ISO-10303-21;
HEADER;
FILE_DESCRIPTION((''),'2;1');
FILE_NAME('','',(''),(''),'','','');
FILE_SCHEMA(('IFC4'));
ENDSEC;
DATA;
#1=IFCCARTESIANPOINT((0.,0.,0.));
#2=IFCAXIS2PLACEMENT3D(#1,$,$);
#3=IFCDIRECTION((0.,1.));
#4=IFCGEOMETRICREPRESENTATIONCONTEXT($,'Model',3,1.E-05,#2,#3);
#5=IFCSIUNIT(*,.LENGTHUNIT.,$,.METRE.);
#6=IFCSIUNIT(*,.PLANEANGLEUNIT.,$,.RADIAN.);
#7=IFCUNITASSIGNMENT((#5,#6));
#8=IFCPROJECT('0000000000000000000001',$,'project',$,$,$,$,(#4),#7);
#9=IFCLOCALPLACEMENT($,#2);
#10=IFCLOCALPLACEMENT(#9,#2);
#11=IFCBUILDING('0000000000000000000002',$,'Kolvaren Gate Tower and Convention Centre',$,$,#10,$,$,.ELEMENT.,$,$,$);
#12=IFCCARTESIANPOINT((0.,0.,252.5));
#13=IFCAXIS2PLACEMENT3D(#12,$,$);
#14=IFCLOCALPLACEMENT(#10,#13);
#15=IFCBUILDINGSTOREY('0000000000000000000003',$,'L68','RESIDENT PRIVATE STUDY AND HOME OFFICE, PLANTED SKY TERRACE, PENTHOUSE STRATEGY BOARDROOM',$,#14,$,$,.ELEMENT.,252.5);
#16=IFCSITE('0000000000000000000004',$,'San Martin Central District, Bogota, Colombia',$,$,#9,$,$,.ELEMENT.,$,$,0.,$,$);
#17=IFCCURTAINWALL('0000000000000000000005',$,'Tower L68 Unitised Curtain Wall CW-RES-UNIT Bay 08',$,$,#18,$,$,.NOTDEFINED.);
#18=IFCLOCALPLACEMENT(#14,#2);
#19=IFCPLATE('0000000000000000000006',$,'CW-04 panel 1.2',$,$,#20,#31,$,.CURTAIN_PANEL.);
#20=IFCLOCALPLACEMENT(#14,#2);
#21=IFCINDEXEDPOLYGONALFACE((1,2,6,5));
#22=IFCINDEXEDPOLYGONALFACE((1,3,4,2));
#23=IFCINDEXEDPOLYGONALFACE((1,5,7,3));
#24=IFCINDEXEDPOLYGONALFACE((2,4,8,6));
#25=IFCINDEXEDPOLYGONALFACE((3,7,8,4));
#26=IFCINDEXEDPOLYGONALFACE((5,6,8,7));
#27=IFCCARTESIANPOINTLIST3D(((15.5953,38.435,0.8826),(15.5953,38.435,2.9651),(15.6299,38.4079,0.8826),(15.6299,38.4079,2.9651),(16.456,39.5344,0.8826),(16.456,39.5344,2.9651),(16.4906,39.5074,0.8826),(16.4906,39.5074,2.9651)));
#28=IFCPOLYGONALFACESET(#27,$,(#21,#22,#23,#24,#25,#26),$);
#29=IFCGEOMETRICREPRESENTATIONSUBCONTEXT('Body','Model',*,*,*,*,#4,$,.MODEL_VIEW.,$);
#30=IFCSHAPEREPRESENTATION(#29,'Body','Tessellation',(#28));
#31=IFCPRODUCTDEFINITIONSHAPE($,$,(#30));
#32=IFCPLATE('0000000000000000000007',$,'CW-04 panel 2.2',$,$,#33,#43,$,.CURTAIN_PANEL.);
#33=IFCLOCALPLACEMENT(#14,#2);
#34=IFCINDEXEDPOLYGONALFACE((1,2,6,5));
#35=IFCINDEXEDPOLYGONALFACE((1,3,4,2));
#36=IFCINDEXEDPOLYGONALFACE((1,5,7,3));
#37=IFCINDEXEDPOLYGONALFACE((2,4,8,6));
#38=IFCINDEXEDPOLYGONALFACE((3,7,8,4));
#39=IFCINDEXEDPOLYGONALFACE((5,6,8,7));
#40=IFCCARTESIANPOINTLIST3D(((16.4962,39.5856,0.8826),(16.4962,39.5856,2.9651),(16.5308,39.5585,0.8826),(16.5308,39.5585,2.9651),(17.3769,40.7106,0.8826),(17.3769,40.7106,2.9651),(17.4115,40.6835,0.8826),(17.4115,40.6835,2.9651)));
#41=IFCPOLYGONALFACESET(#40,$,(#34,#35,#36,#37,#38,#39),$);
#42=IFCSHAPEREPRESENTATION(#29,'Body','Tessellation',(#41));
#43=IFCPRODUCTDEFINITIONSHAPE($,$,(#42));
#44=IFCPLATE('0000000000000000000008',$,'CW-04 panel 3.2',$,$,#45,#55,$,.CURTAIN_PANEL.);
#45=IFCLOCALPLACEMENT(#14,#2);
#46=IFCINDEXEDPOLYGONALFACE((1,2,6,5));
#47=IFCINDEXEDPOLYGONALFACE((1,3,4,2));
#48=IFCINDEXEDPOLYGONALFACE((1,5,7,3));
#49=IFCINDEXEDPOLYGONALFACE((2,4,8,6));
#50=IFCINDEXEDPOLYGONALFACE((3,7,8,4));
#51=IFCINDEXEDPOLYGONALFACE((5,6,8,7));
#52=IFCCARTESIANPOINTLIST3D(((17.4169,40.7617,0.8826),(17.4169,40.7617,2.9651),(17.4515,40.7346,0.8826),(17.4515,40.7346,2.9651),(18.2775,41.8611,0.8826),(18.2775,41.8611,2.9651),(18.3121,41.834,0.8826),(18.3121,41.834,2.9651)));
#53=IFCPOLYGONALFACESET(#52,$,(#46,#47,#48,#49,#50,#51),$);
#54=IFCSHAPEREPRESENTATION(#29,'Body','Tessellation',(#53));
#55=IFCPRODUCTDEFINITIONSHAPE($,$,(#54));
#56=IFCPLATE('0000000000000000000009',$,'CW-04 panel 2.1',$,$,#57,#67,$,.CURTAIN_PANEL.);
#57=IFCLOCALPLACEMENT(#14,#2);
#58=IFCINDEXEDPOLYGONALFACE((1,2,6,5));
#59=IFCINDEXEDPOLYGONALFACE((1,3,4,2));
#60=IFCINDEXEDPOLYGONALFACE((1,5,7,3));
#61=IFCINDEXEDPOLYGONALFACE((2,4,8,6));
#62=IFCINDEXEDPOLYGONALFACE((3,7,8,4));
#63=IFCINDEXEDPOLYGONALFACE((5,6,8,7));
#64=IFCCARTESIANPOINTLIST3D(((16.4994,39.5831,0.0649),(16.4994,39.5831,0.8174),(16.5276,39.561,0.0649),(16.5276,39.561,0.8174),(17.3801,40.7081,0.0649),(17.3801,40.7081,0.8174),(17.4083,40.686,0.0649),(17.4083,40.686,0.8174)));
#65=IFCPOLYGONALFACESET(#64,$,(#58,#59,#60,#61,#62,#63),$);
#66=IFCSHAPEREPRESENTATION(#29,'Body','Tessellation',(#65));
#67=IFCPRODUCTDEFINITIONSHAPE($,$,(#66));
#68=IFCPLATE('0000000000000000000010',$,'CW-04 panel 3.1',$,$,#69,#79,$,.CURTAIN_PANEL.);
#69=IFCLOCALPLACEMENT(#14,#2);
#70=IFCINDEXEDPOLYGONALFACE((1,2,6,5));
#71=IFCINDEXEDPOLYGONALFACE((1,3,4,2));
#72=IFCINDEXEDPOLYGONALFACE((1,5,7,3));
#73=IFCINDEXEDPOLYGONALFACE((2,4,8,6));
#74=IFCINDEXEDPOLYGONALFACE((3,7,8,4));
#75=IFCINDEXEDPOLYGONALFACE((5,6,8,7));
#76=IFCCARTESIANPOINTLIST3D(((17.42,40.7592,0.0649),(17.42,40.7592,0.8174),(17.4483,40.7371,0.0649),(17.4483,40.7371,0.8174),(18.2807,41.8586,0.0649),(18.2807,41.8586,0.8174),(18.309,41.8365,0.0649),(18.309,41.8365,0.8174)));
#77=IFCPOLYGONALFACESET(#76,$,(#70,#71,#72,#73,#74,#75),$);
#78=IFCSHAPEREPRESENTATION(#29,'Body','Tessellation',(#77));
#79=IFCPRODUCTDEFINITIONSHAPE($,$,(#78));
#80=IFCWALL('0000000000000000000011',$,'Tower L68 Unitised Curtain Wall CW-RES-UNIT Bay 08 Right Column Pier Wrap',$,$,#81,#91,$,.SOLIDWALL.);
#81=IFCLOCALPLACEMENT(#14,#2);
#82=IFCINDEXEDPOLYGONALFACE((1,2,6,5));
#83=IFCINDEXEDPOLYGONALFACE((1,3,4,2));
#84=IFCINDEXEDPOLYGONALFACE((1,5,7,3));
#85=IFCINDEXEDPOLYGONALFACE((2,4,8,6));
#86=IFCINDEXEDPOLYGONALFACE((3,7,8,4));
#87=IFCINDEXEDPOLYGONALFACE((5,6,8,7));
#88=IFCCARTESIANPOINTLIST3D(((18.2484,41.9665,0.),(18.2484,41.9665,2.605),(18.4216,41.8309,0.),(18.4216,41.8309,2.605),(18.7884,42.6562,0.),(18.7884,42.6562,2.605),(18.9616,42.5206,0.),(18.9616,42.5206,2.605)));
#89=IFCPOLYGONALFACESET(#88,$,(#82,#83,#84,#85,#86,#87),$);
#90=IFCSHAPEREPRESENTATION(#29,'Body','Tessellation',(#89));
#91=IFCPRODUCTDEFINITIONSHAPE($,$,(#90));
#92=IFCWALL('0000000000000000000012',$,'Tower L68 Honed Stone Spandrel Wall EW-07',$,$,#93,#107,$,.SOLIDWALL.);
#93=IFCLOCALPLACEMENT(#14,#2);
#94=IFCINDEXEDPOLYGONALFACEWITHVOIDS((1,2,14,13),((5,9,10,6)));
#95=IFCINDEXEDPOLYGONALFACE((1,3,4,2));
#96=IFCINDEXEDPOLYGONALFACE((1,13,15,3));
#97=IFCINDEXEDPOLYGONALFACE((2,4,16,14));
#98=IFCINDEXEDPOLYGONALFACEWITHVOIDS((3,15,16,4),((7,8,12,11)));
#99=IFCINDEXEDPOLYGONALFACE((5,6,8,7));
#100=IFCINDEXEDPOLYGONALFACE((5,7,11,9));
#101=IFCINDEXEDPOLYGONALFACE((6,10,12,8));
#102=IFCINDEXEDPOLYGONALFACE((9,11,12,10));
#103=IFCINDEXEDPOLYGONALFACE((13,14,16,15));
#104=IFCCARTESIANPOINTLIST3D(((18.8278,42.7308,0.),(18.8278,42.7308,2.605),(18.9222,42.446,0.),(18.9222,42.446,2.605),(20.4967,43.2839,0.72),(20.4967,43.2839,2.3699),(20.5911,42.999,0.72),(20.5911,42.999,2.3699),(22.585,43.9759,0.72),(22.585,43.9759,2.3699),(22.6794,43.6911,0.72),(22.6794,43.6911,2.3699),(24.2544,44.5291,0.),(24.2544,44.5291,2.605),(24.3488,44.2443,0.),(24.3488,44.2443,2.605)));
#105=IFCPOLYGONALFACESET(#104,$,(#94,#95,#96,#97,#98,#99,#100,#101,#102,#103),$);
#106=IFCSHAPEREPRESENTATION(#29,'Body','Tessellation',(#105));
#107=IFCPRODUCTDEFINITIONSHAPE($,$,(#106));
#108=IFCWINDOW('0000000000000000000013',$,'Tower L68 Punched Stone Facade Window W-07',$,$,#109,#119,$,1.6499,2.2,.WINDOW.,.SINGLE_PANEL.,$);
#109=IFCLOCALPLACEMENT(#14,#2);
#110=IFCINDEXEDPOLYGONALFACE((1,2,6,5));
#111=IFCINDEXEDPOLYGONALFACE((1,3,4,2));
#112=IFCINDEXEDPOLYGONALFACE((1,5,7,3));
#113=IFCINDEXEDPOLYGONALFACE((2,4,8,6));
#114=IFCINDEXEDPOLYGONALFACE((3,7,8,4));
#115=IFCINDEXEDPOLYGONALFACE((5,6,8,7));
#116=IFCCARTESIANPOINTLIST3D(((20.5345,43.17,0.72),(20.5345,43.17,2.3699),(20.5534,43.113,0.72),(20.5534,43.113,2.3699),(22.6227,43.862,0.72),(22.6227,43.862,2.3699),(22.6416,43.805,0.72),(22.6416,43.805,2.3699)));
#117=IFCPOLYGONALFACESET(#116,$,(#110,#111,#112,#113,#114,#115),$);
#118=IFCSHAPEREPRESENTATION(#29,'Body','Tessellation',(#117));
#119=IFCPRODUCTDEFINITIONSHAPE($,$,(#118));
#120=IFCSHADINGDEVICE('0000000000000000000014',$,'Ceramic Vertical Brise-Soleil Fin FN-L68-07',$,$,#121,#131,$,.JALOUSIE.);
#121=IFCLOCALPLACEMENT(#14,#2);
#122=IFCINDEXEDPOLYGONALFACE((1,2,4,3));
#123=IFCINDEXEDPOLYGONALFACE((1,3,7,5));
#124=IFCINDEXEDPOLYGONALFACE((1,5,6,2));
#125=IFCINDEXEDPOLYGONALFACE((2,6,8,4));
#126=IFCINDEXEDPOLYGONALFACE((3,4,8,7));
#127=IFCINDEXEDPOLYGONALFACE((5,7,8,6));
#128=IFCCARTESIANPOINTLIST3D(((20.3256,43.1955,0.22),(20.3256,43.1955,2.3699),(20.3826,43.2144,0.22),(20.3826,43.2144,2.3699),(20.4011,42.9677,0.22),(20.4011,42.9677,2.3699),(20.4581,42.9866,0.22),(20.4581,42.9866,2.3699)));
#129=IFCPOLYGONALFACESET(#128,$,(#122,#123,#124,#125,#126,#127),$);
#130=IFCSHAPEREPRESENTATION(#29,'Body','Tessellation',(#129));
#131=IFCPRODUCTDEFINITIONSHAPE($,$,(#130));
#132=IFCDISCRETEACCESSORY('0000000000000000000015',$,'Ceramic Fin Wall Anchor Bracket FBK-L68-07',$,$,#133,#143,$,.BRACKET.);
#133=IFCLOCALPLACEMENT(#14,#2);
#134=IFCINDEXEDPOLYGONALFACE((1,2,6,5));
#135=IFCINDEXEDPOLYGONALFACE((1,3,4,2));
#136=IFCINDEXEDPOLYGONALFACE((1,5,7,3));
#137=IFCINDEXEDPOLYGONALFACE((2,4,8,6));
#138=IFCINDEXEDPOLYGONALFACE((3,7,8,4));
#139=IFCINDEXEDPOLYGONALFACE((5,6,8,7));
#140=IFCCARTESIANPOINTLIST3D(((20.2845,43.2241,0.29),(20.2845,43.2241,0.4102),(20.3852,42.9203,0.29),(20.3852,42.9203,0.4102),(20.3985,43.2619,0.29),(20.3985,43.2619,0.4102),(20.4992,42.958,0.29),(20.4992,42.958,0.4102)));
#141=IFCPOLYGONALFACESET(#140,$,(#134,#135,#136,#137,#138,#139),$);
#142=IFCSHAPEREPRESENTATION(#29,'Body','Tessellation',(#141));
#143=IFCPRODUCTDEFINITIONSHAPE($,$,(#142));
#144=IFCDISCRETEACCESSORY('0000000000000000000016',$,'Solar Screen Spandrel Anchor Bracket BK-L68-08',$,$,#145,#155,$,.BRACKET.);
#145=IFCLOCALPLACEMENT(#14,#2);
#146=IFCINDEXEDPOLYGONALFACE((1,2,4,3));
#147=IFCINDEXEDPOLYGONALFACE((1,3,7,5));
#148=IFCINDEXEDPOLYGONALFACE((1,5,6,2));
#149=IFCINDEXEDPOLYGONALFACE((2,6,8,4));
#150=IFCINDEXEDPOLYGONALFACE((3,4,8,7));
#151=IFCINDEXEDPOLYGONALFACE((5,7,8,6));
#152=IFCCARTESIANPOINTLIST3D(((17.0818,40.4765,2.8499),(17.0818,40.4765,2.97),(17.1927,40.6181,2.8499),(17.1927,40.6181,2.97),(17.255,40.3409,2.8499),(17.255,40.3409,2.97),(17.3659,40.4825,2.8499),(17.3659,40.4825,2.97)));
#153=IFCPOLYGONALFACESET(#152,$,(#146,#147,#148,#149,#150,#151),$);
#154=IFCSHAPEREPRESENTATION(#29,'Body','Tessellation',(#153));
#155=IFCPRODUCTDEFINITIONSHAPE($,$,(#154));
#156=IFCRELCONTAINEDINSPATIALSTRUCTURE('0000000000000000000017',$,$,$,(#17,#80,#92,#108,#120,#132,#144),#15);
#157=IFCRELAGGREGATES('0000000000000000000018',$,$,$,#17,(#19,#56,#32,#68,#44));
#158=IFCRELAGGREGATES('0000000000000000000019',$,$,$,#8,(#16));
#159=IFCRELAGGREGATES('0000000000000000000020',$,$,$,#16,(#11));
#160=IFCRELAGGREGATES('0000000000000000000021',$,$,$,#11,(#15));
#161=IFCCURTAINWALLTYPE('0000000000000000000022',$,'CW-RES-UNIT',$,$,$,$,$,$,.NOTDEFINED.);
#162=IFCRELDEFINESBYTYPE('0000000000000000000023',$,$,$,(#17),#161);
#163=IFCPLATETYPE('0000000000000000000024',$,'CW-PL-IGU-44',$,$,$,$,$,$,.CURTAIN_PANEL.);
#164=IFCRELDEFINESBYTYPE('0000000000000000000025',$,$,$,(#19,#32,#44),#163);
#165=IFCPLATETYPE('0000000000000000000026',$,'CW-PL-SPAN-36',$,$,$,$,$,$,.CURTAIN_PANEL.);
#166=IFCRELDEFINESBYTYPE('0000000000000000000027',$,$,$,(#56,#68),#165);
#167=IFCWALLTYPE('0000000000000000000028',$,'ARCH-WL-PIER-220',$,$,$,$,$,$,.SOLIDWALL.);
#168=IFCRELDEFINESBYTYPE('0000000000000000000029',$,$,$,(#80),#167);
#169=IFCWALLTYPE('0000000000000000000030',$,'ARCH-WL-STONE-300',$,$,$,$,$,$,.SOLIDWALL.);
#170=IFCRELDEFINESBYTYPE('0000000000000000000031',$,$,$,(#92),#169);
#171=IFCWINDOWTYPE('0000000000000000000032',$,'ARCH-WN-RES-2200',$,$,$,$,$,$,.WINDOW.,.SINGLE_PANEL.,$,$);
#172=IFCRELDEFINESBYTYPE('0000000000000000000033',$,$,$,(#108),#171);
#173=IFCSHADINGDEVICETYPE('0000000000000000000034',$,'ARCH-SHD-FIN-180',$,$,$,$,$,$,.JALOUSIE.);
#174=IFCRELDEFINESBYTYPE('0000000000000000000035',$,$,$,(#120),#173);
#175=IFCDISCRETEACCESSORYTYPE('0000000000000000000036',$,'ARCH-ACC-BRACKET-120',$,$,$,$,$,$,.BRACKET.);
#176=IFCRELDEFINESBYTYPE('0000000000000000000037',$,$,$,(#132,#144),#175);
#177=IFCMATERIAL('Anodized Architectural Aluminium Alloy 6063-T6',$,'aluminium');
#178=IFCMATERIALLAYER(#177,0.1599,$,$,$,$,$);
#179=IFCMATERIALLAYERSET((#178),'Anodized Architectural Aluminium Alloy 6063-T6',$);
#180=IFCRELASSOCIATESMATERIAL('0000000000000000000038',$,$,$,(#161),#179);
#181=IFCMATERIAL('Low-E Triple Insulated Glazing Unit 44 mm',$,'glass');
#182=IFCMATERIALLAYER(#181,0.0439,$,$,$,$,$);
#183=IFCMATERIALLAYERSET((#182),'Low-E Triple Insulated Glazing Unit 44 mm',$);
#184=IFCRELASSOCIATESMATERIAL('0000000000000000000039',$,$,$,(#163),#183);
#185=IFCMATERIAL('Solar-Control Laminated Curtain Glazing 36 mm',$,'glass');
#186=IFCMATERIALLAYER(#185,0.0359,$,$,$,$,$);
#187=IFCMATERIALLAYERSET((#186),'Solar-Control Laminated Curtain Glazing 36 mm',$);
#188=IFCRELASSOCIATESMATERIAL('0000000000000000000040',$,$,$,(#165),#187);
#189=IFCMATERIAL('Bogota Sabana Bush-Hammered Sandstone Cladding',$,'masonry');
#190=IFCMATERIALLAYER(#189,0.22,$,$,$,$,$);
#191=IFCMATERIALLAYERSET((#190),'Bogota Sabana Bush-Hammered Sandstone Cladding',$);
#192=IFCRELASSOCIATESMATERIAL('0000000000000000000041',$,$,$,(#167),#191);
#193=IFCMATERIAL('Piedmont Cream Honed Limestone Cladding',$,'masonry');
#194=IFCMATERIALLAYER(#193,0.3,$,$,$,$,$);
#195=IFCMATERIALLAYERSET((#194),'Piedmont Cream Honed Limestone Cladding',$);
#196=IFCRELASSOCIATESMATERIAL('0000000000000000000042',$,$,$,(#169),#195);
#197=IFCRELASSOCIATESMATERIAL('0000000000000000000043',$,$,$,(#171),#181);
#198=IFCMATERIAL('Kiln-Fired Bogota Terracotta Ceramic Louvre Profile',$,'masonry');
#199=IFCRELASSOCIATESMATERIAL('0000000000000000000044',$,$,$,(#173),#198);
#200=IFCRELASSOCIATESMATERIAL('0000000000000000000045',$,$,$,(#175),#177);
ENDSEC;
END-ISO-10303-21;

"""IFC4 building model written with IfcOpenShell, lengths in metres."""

from ifc_helpers import new_model, si_unit, direction, frame, frame_2d, origin, origin_2d, place, context, subcontext, project, spatial, rectangle, extrude, material, layer, layer_set, type_object, element, fill, aggregate, save


model = new_model("IFC4")

# Units and contexts
model_context = context("Model", 3, precision=1e-05, world=origin(), true_north=direction((0.0, 1.0)))
body_context = subcontext(model_context, "Body", "Model", "MODEL_VIEW")
ifc_project = project(units=[si_unit("LENGTHUNIT", "METRE"), si_unit("PLANEANGLEUNIT", "RADIAN")], contexts=[model_context])

# Site, building, storey
site_placement = place(None, origin())
site = spatial("IfcSite", under=ifc_project, at=site_placement, Name="San Martin Central District, Bogota, Colombia", CompositionType="ELEMENT", RefElevation=0.0)
building_placement = place(site_placement, origin())
building = spatial("IfcBuilding", under=site, at=building_placement, Name="Kolvaren Gate Tower and Convention Centre", CompositionType="ELEMENT")
storey_placement = place(building_placement, frame((0.0, 0.0, 252.5)))
storey = spatial("IfcBuildingStorey", under=building, at=storey_placement, Name="L68", Description="RESIDENT PRIVATE STUDY AND HOME OFFICE, PLANTED SKY TERRACE, PENTHOUSE STRATEGY BOARDROOM", CompositionType="ELEMENT", Elevation=252.5)

# Curtain wall
ifc_material_1 = material(Name="Anodized Architectural Aluminium Alloy 6063-T6", Category="aluminium")
ifc_layer_1 = layer(ifc_material_1, 0.1599)
ifc_layer_set_1 = layer_set([ifc_layer_1], Name="Anodized Architectural Aluminium Alloy 6063-T6")
curtain_wall_type = type_object("IfcCurtainWallType", Name="CW-RES-UNIT", PredefinedType="NOTDEFINED", material=ifc_layer_set_1)
curtain_wall_placement = place(storey_placement, origin())
curtain_wall = element("IfcCurtainWall", 1, at=curtain_wall_placement, inside=storey, type_object=curtain_wall_type, Name="Tower L68 Unitised Curtain Wall CW-RES-UNIT Bay 08", PredefinedType="NOTDEFINED")

# Plates
ifc_material_2 = material(Name="Low-E Triple Insulated Glazing Unit 44 mm", Category="glass")
ifc_layer_2 = layer(ifc_material_2, 0.0439)
ifc_layer_set_2 = layer_set([ifc_layer_2], Name="Low-E Triple Insulated Glazing Unit 44 mm")
plate_type_1 = type_object("IfcPlateType", Name="CW-PL-IGU-44", PredefinedType="CURTAIN_PANEL", material=ifc_layer_set_2)
plate_1_placement = place(storey_placement, frame((16.043, 38.9712, 0.8826), z_axis=(0.0, 0.0, 1.0), x_axis=(0.616425, 0.787414, 0.0)))
plate_1 = element("IfcPlate", 2, at=plate_1_placement, type_object=plate_type_1, Name="CW-04 panel 1.2", PredefinedType="CURTAIN_PANEL", context=body_context, shape_type="SweptSolid", body=[
    extrude(rectangle(XDim=1.3962, YDim=0.0439, at=origin_2d()), origin(), (0.0, 0.0, 1.0), 2.0825),
])
plate_2_placement = place(storey_placement, frame((16.9539, 40.1345, 0.8826), z_axis=(0.0, 0.0, 1.0), x_axis=(0.616425, 0.787414, 0.0)))
plate_2 = element("IfcPlate", 3, at=plate_2_placement, type_object=plate_type_1, Name="CW-04 panel 2.2", PredefinedType="CURTAIN_PANEL", context=body_context, shape_type="SweptSolid", body=[
    extrude(rectangle(XDim=1.4287, YDim=0.0439, at=origin_2d()), origin(), (0.0, 0.0, 1.0), 2.0825),
])
plate_3_placement = place(storey_placement, frame((17.8645, 41.2979, 0.8826), z_axis=(0.0, 0.0, 1.0), x_axis=(0.616425, 0.787414, 0.0)))
plate_3 = element("IfcPlate", 4, at=plate_3_placement, type_object=plate_type_1, Name="CW-04 panel 3.2", PredefinedType="CURTAIN_PANEL", context=body_context, shape_type="SweptSolid", body=[
    extrude(rectangle(XDim=1.3962, YDim=0.0439, at=origin_2d()), origin(), (0.0, 0.0, 1.0), 2.0825),
])
ifc_material_3 = material(Name="Solar-Control Laminated Curtain Glazing 36 mm", Category="glass")
ifc_layer_3 = layer(ifc_material_3, 0.0359)
ifc_layer_set_3 = layer_set([ifc_layer_3], Name="Solar-Control Laminated Curtain Glazing 36 mm")
plate_type_2 = type_object("IfcPlateType", Name="CW-PL-SPAN-36", PredefinedType="CURTAIN_PANEL", material=ifc_layer_set_3)
plate_4_placement = place(storey_placement, frame((16.9539, 40.1345, 0.0649), z_axis=(0.0, 0.0, 1.0), x_axis=(0.616425, 0.787414, 0.0)))
plate_4 = element("IfcPlate", 5, at=plate_4_placement, type_object=plate_type_2, Name="CW-04 panel 2.1", PredefinedType="CURTAIN_PANEL", context=body_context, shape_type="SweptSolid", body=[
    extrude(rectangle(XDim=1.4287, YDim=0.0359, at=origin_2d()), origin(), (0.0, 0.0, 1.0), 0.7524),
])
plate_5_placement = place(storey_placement, frame((17.8645, 41.2979, 0.0649), z_axis=(0.0, 0.0, 1.0), x_axis=(0.616425, 0.787414, 0.0)))
plate_5 = element("IfcPlate", 6, at=plate_5_placement, type_object=plate_type_2, Name="CW-04 panel 3.1", PredefinedType="CURTAIN_PANEL", context=body_context, shape_type="SweptSolid", body=[
    extrude(rectangle(XDim=1.3962, YDim=0.0359, at=origin_2d()), origin(), (0.0, 0.0, 1.0), 0.7524),
])
aggregate(curtain_wall, [plate_1, plate_4, plate_2, plate_5, plate_3])

# Wall
ifc_material_4 = material(Name="Bogota Sabana Bush-Hammered Sandstone Cladding", Category="masonry")
ifc_layer_4 = layer(ifc_material_4, 0.22)
ifc_layer_set_4 = layer_set([ifc_layer_4], Name="Bogota Sabana Bush-Hammered Sandstone Cladding")
wall_type_1 = type_object("IfcWallType", Name="ARCH-WL-PIER-220", PredefinedType="SOLIDWALL", material=ifc_layer_set_4)
wall_1_placement = place(storey_placement, frame((18.335, 41.8987, 0.0), z_axis=(0.0, 0.0, 1.0), x_axis=(0.616504, 0.787352, 0.0)))
element("IfcWall", 7, at=wall_1_placement, inside=storey, type_object=wall_type_1, Name="Tower L68 Unitised Curtain Wall CW-RES-UNIT Bay 08 Right Column Pier Wrap", PredefinedType="SOLIDWALL", context=body_context, shape_type="SweptSolid", body=[
    extrude(rectangle(XDim=0.876, YDim=0.22, at=frame_2d((0.438, 0.0))), origin(), (0.0, 0.0, 1.0), 2.605),
])

# Wall, opening, window
ifc_material_5 = material(Name="Piedmont Cream Honed Limestone Cladding", Category="masonry")
ifc_layer_5 = layer(ifc_material_5, 0.3)
ifc_layer_set_5 = layer_set([ifc_layer_5], Name="Piedmont Cream Honed Limestone Cladding")
wall_type_2 = type_object("IfcWallType", Name="ARCH-WL-STONE-300", PredefinedType="SOLIDWALL", material=ifc_layer_set_5)
wall_2_placement = place(storey_placement, frame((18.875, 42.5884, 0.0), z_axis=(0.0, 0.0, 1.0), x_axis=(0.949233, 0.314575, 0.0)))
wall_2 = element("IfcWall", 8, at=wall_2_placement, inside=storey, type_object=wall_type_2, Name="Tower L68 Honed Stone Spandrel Wall EW-07", PredefinedType="SOLIDWALL", context=body_context, shape_type="SweptSolid", body=[
    extrude(rectangle(XDim=5.7168, YDim=0.3, at=frame_2d((2.8584, 0.0))), origin(), (0.0, 0.0, 1.0), 2.605),
])
opening_placement = place(wall_2_placement, frame((1.7581, 0.0, 0.72)))
opening = element("IfcOpeningElement", 9, at=opening_placement, cuts=wall_2, PredefinedType="OPENING", context=body_context, shape_type="SweptSolid", body=[
    extrude(rectangle(XDim=2.2, YDim=1.6499, at=frame_2d((1.1001, 0.825))), frame((0.0, 0.1599, 0.0), z_axis=(0.0, -1.0, 0.0), x_axis=(1.0, 0.0, 0.0)), (0.0, 0.0, 1.0), 0.3201),
])
window_type = type_object("IfcWindowType", Name="ARCH-WN-RES-2200", PartitioningType="SINGLE_PANEL", PredefinedType="WINDOW", material=ifc_material_2)
window_placement = place(opening_placement, origin())
window = element("IfcWindow", 10, at=window_placement, inside=storey, type_object=window_type, Name="Tower L68 Punched Stone Facade Window W-07", OverallHeight=1.6499, OverallWidth=2.2, PartitioningType="SINGLE_PANEL", PredefinedType="WINDOW", context=body_context, shape_type="SweptSolid", body=[
    extrude(rectangle(XDim=2.2, YDim=1.6499, at=frame_2d((1.1001, 0.825))), frame((0.0, 0.03, 0.0), z_axis=(0.0, -1.0, 0.0), x_axis=(1.0, 0.0, 0.0)), (0.0, 0.0, 1.0), 0.0601),
])
fill(opening, window)

# Shading device
ifc_material_6 = material(Name="Kiln-Fired Bogota Terracotta Ceramic Louvre Profile", Category="masonry")
shading_device_type = type_object("IfcShadingDeviceType", Name="ARCH-SHD-FIN-180", PredefinedType="JALOUSIE", material=ifc_material_6)
shading_device_placement = place(storey_placement, frame((20.3918, 43.0911, 0.22), z_axis=(0.0, 0.0, 1.0), x_axis=(0.949242, 0.314548, 0.0)))
element("IfcShadingDevice", 11, at=shading_device_placement, inside=storey, type_object=shading_device_type, Name="Ceramic Vertical Brise-Soleil Fin FN-L68-07", PredefinedType="JALOUSIE", context=body_context, shape_type="SweptSolid", body=[
    extrude(rectangle(XDim=0.0601, YDim=0.24, at=origin_2d()), origin(), (0.0, 0.0, 1.0), 2.1499),
])

# Discrete accessories
discrete_accessory_type = type_object("IfcDiscreteAccessoryType", Name="ARCH-ACC-BRACKET-120", PredefinedType="BRACKET", material=ifc_material_1)
discrete_accessory_1_placement = place(storey_placement, frame((20.3918, 43.0911, 0.29), z_axis=(0.0, 0.0, 1.0), x_axis=(0.949242, 0.314548, 0.0)))
element("IfcDiscreteAccessory", 12, at=discrete_accessory_1_placement, inside=storey, type_object=discrete_accessory_type, Name="Ceramic Fin Wall Anchor Bracket FBK-L68-07", PredefinedType="BRACKET", context=body_context, shape_type="SweptSolid", body=[
    extrude(rectangle(XDim=0.1201, YDim=0.3201, at=origin_2d()), origin(), (0.0, 0.0, 1.0), 0.1201),
])
discrete_accessory_2_placement = place(storey_placement, frame((17.2239, 40.4795, 2.8499), z_axis=(0.0, 0.0, 1.0), x_axis=(0.616435, 0.787405, 0.0)))
element("IfcDiscreteAccessory", 13, at=discrete_accessory_2_placement, inside=storey, type_object=discrete_accessory_type, Name="Solar Screen Spandrel Anchor Bracket BK-L68-08", PredefinedType="BRACKET", context=body_context, shape_type="SweptSolid", body=[
    extrude(rectangle(XDim=0.1799, YDim=0.22, at=origin_2d()), origin(), (0.0, 0.0, 1.0), 0.1201),
])

save(model, "model.ifc")
